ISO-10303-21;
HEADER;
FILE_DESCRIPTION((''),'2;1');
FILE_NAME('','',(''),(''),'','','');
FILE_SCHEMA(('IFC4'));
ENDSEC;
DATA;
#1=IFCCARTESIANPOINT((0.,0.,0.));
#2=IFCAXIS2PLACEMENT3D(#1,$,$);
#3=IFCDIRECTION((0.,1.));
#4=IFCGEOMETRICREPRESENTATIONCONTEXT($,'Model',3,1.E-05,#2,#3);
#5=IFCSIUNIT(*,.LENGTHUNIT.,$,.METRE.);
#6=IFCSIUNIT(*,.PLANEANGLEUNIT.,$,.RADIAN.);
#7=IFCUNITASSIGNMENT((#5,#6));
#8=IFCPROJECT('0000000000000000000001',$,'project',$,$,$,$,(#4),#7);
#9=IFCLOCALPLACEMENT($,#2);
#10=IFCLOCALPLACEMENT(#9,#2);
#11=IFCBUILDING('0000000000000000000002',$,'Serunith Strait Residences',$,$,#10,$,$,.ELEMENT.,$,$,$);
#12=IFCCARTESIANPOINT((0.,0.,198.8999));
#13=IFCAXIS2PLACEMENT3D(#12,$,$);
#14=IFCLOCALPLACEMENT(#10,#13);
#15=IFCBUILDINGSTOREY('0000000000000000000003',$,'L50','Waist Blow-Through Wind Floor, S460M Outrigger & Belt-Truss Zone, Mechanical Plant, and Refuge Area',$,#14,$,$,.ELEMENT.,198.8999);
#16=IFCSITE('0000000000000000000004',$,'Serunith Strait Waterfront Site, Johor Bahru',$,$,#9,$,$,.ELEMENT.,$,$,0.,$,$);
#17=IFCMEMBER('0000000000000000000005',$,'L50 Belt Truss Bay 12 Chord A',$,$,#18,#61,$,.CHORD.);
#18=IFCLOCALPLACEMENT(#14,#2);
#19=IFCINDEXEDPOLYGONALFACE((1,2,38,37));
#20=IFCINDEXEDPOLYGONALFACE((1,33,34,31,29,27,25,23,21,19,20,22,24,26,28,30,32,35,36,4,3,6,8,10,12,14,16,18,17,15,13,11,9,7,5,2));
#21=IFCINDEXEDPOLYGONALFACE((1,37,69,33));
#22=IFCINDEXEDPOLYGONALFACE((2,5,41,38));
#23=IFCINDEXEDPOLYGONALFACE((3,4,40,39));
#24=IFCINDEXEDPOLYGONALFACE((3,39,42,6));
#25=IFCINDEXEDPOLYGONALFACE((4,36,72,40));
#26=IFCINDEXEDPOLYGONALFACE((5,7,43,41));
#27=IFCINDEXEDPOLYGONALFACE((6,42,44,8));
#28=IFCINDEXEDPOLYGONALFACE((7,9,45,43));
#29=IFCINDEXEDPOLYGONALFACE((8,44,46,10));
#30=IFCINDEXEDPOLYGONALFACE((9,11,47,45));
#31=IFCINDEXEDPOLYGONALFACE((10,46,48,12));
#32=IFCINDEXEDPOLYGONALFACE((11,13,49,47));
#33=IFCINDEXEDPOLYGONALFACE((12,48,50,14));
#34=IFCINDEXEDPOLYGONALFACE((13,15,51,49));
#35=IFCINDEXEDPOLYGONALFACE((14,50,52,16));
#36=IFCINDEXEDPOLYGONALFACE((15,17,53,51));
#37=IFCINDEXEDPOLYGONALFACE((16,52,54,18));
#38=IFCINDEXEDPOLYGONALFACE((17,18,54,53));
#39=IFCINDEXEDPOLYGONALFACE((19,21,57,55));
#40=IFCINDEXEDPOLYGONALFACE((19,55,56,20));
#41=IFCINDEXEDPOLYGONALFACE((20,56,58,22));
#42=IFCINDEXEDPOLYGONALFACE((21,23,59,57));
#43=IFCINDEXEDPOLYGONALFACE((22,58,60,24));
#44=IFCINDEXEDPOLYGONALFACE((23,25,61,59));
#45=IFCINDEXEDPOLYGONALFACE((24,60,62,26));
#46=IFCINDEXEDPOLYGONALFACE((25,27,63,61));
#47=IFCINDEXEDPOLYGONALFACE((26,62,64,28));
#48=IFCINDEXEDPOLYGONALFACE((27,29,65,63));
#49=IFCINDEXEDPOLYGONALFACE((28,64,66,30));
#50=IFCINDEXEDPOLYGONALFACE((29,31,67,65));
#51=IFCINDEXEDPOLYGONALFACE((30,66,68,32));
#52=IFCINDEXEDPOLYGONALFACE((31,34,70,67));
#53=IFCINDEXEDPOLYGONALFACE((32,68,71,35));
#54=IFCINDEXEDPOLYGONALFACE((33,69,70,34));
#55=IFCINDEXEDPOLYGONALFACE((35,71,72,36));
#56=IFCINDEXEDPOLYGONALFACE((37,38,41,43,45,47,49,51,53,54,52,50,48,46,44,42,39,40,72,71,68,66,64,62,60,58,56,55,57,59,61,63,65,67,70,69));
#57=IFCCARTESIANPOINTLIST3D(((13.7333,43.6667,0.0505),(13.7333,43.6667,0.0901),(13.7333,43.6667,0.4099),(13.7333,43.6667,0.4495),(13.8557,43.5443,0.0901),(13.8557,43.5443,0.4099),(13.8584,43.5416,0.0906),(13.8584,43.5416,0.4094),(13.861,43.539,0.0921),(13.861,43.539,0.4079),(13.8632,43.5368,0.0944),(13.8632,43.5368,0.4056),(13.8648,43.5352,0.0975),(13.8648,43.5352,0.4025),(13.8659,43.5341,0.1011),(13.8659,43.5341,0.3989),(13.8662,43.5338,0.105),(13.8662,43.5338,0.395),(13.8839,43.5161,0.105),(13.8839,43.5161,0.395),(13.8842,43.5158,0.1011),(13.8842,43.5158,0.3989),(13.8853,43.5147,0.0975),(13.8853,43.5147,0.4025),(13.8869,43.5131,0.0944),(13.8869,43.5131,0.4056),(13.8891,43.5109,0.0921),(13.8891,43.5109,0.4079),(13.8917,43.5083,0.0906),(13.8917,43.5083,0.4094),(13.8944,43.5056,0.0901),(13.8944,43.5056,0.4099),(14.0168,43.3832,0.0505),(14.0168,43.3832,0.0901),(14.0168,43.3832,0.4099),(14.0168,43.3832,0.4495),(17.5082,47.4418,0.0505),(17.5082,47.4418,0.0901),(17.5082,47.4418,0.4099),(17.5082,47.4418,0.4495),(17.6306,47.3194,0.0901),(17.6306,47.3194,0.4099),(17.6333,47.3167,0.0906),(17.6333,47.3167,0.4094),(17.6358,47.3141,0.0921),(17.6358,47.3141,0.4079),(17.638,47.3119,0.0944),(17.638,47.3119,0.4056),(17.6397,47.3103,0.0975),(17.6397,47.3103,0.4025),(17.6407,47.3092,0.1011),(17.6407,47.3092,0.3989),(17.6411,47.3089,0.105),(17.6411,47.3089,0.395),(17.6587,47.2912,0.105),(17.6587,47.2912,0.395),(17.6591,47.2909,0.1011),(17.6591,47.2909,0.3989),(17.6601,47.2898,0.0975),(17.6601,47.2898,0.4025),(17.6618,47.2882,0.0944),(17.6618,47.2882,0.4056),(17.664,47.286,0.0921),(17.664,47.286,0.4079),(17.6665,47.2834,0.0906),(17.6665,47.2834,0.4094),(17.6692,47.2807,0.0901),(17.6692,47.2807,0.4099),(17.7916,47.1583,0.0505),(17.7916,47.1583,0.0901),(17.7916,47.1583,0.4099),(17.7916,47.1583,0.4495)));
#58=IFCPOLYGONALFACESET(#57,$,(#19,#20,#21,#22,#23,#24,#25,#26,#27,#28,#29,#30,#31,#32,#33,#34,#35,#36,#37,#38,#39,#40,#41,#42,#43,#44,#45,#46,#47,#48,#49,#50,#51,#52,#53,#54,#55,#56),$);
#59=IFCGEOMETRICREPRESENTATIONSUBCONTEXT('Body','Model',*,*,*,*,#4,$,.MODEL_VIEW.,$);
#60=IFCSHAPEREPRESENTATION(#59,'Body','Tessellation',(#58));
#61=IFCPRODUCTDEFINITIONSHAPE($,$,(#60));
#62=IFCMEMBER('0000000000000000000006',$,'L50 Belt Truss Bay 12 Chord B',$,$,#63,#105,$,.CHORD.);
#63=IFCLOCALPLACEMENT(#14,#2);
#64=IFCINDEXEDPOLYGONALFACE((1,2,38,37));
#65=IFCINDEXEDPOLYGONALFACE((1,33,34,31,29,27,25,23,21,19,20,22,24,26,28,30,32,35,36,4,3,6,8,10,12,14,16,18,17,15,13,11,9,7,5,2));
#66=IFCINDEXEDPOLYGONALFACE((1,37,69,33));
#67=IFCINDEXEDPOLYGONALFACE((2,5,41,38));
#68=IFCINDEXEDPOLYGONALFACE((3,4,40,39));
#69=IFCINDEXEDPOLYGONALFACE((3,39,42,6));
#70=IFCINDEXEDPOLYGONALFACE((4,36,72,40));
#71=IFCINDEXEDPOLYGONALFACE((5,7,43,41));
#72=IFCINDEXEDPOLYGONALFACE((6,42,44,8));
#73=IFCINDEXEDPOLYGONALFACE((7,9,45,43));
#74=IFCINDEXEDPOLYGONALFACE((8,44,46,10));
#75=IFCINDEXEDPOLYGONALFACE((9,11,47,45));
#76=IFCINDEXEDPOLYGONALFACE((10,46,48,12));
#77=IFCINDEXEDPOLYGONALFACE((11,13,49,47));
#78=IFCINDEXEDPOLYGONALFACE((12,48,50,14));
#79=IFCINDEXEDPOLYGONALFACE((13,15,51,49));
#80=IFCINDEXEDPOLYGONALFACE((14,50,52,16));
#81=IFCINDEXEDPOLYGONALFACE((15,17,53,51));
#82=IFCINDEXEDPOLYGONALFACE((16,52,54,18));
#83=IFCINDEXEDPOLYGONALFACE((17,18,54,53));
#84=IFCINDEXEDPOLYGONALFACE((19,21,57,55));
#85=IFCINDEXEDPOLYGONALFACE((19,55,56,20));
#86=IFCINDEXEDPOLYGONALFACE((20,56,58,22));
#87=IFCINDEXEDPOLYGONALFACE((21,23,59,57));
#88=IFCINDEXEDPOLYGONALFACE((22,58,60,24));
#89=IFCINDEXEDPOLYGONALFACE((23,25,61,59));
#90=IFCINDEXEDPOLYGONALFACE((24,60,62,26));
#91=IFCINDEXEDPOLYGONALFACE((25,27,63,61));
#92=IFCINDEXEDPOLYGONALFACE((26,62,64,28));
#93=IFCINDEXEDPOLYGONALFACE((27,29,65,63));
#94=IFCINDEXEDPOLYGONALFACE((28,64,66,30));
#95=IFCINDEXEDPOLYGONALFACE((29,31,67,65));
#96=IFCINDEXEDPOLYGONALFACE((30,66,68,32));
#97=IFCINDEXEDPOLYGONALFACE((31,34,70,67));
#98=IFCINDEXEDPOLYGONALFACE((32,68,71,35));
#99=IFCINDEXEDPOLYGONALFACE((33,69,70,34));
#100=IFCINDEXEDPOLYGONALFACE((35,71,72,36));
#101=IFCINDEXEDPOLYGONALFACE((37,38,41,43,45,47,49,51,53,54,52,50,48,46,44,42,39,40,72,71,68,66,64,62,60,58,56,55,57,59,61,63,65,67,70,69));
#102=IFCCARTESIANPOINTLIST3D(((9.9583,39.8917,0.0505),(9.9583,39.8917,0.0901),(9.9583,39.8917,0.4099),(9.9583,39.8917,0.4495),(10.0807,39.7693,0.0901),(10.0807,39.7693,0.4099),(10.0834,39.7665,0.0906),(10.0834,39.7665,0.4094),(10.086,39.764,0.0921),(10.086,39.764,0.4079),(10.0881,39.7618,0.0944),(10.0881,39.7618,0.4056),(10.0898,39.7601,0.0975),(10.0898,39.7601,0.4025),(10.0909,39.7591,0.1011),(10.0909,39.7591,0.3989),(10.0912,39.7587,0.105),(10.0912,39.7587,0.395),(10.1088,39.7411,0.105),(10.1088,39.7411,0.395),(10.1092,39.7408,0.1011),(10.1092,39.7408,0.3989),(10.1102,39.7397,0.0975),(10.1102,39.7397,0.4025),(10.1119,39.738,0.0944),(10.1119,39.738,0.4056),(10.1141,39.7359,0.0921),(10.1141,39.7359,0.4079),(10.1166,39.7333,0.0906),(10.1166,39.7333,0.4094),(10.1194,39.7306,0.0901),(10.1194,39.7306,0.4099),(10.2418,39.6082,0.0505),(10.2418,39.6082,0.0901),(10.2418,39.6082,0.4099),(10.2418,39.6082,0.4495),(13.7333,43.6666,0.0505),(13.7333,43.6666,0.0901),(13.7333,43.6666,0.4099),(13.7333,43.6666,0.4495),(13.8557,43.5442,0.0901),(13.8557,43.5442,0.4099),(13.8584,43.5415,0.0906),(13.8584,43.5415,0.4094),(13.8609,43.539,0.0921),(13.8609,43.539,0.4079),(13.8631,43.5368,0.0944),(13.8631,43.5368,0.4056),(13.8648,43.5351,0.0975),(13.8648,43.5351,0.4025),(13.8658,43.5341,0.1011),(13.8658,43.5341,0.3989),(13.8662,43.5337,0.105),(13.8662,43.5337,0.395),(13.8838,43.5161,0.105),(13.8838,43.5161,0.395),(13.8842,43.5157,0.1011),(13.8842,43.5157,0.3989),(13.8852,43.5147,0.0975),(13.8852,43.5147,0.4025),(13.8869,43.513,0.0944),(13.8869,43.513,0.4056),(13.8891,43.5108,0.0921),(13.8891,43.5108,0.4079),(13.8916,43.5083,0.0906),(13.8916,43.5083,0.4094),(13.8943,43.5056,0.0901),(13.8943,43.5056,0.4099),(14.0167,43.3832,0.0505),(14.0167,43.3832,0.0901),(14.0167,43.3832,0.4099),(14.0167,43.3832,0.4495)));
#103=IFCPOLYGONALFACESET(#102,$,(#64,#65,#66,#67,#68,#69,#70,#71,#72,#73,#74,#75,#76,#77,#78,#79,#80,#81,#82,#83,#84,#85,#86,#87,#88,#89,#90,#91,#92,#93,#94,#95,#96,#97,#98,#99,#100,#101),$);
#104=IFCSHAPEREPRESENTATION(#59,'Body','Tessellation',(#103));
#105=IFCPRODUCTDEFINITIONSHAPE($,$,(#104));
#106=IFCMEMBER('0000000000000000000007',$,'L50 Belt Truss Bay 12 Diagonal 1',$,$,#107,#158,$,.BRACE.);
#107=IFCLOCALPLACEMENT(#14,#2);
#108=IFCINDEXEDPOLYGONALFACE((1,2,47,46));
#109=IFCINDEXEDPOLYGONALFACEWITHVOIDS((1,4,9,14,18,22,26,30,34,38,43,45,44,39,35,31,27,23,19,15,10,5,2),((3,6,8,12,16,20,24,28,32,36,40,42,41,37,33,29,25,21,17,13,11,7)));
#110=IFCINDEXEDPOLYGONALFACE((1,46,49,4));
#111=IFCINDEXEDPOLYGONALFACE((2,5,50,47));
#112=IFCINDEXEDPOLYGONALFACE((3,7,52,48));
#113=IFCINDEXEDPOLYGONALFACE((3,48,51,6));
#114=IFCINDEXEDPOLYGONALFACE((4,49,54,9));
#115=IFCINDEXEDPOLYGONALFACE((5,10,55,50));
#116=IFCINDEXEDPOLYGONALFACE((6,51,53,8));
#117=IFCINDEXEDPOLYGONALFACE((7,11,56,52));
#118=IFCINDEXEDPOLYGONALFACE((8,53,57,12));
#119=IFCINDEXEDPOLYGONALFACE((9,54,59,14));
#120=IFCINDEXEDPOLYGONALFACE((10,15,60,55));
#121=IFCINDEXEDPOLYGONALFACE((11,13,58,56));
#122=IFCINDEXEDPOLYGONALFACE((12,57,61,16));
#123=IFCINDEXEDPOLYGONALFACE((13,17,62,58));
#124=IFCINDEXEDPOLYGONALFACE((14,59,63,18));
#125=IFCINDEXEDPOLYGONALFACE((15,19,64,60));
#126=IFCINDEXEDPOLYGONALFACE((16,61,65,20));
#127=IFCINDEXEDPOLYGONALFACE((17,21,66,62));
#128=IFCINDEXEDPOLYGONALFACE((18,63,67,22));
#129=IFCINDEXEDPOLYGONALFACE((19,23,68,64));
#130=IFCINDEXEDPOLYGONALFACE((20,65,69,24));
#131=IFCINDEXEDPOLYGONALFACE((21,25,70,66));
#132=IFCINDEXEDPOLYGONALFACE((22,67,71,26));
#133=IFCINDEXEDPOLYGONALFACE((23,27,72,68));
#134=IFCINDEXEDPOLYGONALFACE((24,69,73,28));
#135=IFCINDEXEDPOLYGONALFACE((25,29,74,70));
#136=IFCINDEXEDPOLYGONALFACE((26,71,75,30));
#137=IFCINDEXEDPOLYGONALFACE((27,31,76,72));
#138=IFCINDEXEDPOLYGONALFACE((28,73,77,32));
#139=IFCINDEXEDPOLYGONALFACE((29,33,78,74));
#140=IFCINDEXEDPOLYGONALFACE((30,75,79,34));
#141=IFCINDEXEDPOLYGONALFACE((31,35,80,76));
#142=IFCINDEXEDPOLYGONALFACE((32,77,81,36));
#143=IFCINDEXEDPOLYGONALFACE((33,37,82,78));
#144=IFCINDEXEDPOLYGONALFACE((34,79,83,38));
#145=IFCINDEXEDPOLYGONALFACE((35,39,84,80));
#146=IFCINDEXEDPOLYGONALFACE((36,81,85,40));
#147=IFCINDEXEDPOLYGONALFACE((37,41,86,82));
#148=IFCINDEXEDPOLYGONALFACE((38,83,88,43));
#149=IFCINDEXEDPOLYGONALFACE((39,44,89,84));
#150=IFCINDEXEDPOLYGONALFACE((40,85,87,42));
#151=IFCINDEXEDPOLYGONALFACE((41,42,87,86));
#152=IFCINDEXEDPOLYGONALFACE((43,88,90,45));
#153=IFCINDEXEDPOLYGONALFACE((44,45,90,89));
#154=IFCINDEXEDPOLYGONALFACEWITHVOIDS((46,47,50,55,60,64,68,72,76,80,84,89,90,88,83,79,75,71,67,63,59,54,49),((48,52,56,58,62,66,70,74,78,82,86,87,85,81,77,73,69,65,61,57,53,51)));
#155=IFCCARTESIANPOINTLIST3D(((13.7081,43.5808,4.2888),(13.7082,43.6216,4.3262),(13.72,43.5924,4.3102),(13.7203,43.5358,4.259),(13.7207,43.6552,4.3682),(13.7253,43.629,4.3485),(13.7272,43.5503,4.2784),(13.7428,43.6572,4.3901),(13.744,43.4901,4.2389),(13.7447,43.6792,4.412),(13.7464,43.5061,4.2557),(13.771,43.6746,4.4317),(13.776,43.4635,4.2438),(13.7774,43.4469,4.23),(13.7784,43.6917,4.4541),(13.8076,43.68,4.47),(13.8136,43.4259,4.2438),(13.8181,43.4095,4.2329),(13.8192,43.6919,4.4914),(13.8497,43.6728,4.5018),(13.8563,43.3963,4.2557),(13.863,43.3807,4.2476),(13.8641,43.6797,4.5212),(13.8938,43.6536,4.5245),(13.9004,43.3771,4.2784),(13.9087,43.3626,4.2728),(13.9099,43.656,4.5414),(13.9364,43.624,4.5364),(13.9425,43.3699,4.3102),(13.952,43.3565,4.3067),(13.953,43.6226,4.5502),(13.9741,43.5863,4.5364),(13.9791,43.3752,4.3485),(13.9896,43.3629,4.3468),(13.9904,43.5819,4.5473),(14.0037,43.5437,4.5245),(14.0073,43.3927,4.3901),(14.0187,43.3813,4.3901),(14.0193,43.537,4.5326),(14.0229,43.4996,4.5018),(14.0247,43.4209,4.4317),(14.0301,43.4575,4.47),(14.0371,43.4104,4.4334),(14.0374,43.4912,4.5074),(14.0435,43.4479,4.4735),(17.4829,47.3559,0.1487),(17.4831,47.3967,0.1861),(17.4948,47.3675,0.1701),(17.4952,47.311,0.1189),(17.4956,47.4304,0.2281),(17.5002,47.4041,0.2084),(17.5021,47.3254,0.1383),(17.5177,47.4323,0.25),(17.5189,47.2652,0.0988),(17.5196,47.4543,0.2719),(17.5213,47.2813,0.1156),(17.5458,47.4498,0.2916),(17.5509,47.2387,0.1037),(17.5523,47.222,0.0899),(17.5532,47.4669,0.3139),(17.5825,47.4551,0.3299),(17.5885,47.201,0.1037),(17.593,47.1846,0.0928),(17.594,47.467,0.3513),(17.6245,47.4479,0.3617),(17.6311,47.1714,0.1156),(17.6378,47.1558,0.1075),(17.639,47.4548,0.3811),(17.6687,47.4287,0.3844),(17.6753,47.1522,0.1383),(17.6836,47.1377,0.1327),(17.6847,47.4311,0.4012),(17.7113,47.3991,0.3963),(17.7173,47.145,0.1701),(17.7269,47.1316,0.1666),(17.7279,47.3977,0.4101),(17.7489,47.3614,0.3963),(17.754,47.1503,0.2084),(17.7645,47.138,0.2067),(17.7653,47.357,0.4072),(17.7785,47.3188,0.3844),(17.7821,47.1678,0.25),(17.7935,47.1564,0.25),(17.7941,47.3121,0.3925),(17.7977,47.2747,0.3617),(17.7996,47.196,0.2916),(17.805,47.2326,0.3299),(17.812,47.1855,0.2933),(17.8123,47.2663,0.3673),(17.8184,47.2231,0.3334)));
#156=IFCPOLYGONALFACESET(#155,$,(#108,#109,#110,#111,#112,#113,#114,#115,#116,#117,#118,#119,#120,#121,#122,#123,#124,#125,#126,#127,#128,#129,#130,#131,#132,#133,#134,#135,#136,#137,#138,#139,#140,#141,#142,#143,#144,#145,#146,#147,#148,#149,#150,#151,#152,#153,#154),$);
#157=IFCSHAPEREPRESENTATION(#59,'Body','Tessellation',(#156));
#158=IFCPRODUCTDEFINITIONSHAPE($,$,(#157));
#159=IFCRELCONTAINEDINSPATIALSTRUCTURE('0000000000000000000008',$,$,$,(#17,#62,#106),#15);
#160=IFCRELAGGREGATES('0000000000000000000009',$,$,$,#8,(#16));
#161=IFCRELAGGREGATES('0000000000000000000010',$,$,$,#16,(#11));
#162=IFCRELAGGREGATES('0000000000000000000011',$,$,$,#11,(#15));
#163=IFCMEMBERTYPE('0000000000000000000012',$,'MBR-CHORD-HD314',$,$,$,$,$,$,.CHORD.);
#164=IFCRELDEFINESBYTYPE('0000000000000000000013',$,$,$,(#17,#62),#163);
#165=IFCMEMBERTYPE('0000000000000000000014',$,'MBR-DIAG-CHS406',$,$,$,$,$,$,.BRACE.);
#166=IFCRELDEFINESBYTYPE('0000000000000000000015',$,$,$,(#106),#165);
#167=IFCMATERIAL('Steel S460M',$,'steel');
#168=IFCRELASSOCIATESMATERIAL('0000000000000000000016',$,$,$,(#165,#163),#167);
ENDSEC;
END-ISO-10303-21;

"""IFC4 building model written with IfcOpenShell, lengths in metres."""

from ifc_helpers import new_model, si_unit, direction, frame, origin, origin_2d, place, context, subcontext, project, spatial, hollow_circle, i_section, extrude, source, transform, mapped, material, material_profile, profile_set, type_object, element, save


model = new_model("IFC4")

# Units and contexts
model_context = context("Model", 3, precision=1e-05, world=origin(), true_north=direction((0.0, 1.0)))
body_context = subcontext(model_context, "Body", "Model", "MODEL_VIEW")
ifc_project = project(units=[si_unit("LENGTHUNIT", "METRE"), si_unit("PLANEANGLEUNIT", "RADIAN")], contexts=[model_context])

# Site, building, storey
site_placement = place(None, origin())
site = spatial("IfcSite", under=ifc_project, at=site_placement, Name="Serunith Strait Waterfront Site, Johor Bahru", CompositionType="ELEMENT", RefElevation=0.0)
building_placement = place(site_placement, origin())
building = spatial("IfcBuilding", under=site, at=building_placement, Name="Serunith Strait Residences", CompositionType="ELEMENT")
storey_placement = place(building_placement, frame((0.0, 0.0, 198.8999)))
storey = spatial("IfcBuildingStorey", under=building, at=storey_placement, Name="L50", Description="Waist Blow-Through Wind Floor, S460M Outrigger & Belt-Truss Zone, Mechanical Plant, and Refuge Area", CompositionType="ELEMENT", Elevation=198.8999)

# Members
ifc_material_1 = material(Name="Steel S460M", Category="steel")
ifc_material_profile_1 = material_profile(ifc_material_1, hollow_circle(Radius=0.2031, WallThickness=0.0161, at=origin_2d()), Name="CHS 406.4x16")
ifc_profile_set_1 = profile_set([ifc_material_profile_1], Name="Steel S460M")
member_type_1 = type_object("IfcMemberType", Name="MBR-DIAG-CHS406", PredefinedType="BRACE", material=ifc_profile_set_1)
ifc_material_profile_2 = material_profile(ifc_material_1, i_section(OverallWidth=0.4009, OverallDepth=0.3989, WebThickness=0.0249, FlangeThickness=0.0396, FilletRadius=0.0149, at=origin_2d()), Name="HD 400x314")
ifc_profile_set_2 = profile_set([ifc_material_profile_2], Name="Steel S460M")
member_type_2 = type_object("IfcMemberType", Name="MBR-CHORD-HD314", PredefinedType="CHORD", material=ifc_profile_set_2)
shared_shape_1 = source(origin(), body_context, "Body", "SweptSolid", [
    extrude(i_section(OverallWidth=0.4009, OverallDepth=0.3989, WebThickness=0.0249, FlangeThickness=0.0396, FilletRadius=0.0149, at=origin_2d()), origin(), (0.0, 0.0, 1.0), 5.3386),
])
for number, where, z_axis, x_axis, name in (
    (1, (17.6499, 47.3, 0.25), (-0.707084, -0.70713, 0.0), (0.70713, -0.707084, 0.0), "L50 Belt Truss Bay 12 Chord A"),
    (2, (13.875, 43.5249, 0.25), (-0.707107, -0.707107, 0.0), (0.707107, -0.707107, 0.0), "L50 Belt Truss Bay 12 Chord B"),
):
    element("IfcMember", number, at=place(storey_placement, frame(where, z_axis=z_axis, x_axis=x_axis)), inside=storey, type_object=member_type_2, Name=name, PredefinedType="CHORD", context=body_context, shape_type="MappedRepresentation", body=[
        mapped(shared_shape_1, transform((0.0, 0.0, 0.0), scale=1.0)),
    ])
shared_shape_2 = source(origin(), body_context, "Body", "SweptSolid", [
    extrude(hollow_circle(Radius=0.2031, WallThickness=0.0161, at=origin_2d()), origin(), (0.0, 0.0, 1.0), 6.7559),
])
for number, where, z_axis, x_axis, name in (
    (3, (17.6499, 47.3, 0.25), (-0.558755, -0.558792, 0.612817), (0.70713, -0.707084, 0.0), "L50 Belt Truss Bay 12 Diagonal 1"),
):
    element("IfcMember", number, at=place(storey_placement, frame(where, z_axis=z_axis, x_axis=x_axis)), inside=storey, type_object=member_type_1, Name=name, PredefinedType="BRACE", context=body_context, shape_type="MappedRepresentation", body=[
        mapped(shared_shape_2, transform((0.0, 0.0, 0.0), scale=1.0)),
    ])

save(model, "model.ifc")
